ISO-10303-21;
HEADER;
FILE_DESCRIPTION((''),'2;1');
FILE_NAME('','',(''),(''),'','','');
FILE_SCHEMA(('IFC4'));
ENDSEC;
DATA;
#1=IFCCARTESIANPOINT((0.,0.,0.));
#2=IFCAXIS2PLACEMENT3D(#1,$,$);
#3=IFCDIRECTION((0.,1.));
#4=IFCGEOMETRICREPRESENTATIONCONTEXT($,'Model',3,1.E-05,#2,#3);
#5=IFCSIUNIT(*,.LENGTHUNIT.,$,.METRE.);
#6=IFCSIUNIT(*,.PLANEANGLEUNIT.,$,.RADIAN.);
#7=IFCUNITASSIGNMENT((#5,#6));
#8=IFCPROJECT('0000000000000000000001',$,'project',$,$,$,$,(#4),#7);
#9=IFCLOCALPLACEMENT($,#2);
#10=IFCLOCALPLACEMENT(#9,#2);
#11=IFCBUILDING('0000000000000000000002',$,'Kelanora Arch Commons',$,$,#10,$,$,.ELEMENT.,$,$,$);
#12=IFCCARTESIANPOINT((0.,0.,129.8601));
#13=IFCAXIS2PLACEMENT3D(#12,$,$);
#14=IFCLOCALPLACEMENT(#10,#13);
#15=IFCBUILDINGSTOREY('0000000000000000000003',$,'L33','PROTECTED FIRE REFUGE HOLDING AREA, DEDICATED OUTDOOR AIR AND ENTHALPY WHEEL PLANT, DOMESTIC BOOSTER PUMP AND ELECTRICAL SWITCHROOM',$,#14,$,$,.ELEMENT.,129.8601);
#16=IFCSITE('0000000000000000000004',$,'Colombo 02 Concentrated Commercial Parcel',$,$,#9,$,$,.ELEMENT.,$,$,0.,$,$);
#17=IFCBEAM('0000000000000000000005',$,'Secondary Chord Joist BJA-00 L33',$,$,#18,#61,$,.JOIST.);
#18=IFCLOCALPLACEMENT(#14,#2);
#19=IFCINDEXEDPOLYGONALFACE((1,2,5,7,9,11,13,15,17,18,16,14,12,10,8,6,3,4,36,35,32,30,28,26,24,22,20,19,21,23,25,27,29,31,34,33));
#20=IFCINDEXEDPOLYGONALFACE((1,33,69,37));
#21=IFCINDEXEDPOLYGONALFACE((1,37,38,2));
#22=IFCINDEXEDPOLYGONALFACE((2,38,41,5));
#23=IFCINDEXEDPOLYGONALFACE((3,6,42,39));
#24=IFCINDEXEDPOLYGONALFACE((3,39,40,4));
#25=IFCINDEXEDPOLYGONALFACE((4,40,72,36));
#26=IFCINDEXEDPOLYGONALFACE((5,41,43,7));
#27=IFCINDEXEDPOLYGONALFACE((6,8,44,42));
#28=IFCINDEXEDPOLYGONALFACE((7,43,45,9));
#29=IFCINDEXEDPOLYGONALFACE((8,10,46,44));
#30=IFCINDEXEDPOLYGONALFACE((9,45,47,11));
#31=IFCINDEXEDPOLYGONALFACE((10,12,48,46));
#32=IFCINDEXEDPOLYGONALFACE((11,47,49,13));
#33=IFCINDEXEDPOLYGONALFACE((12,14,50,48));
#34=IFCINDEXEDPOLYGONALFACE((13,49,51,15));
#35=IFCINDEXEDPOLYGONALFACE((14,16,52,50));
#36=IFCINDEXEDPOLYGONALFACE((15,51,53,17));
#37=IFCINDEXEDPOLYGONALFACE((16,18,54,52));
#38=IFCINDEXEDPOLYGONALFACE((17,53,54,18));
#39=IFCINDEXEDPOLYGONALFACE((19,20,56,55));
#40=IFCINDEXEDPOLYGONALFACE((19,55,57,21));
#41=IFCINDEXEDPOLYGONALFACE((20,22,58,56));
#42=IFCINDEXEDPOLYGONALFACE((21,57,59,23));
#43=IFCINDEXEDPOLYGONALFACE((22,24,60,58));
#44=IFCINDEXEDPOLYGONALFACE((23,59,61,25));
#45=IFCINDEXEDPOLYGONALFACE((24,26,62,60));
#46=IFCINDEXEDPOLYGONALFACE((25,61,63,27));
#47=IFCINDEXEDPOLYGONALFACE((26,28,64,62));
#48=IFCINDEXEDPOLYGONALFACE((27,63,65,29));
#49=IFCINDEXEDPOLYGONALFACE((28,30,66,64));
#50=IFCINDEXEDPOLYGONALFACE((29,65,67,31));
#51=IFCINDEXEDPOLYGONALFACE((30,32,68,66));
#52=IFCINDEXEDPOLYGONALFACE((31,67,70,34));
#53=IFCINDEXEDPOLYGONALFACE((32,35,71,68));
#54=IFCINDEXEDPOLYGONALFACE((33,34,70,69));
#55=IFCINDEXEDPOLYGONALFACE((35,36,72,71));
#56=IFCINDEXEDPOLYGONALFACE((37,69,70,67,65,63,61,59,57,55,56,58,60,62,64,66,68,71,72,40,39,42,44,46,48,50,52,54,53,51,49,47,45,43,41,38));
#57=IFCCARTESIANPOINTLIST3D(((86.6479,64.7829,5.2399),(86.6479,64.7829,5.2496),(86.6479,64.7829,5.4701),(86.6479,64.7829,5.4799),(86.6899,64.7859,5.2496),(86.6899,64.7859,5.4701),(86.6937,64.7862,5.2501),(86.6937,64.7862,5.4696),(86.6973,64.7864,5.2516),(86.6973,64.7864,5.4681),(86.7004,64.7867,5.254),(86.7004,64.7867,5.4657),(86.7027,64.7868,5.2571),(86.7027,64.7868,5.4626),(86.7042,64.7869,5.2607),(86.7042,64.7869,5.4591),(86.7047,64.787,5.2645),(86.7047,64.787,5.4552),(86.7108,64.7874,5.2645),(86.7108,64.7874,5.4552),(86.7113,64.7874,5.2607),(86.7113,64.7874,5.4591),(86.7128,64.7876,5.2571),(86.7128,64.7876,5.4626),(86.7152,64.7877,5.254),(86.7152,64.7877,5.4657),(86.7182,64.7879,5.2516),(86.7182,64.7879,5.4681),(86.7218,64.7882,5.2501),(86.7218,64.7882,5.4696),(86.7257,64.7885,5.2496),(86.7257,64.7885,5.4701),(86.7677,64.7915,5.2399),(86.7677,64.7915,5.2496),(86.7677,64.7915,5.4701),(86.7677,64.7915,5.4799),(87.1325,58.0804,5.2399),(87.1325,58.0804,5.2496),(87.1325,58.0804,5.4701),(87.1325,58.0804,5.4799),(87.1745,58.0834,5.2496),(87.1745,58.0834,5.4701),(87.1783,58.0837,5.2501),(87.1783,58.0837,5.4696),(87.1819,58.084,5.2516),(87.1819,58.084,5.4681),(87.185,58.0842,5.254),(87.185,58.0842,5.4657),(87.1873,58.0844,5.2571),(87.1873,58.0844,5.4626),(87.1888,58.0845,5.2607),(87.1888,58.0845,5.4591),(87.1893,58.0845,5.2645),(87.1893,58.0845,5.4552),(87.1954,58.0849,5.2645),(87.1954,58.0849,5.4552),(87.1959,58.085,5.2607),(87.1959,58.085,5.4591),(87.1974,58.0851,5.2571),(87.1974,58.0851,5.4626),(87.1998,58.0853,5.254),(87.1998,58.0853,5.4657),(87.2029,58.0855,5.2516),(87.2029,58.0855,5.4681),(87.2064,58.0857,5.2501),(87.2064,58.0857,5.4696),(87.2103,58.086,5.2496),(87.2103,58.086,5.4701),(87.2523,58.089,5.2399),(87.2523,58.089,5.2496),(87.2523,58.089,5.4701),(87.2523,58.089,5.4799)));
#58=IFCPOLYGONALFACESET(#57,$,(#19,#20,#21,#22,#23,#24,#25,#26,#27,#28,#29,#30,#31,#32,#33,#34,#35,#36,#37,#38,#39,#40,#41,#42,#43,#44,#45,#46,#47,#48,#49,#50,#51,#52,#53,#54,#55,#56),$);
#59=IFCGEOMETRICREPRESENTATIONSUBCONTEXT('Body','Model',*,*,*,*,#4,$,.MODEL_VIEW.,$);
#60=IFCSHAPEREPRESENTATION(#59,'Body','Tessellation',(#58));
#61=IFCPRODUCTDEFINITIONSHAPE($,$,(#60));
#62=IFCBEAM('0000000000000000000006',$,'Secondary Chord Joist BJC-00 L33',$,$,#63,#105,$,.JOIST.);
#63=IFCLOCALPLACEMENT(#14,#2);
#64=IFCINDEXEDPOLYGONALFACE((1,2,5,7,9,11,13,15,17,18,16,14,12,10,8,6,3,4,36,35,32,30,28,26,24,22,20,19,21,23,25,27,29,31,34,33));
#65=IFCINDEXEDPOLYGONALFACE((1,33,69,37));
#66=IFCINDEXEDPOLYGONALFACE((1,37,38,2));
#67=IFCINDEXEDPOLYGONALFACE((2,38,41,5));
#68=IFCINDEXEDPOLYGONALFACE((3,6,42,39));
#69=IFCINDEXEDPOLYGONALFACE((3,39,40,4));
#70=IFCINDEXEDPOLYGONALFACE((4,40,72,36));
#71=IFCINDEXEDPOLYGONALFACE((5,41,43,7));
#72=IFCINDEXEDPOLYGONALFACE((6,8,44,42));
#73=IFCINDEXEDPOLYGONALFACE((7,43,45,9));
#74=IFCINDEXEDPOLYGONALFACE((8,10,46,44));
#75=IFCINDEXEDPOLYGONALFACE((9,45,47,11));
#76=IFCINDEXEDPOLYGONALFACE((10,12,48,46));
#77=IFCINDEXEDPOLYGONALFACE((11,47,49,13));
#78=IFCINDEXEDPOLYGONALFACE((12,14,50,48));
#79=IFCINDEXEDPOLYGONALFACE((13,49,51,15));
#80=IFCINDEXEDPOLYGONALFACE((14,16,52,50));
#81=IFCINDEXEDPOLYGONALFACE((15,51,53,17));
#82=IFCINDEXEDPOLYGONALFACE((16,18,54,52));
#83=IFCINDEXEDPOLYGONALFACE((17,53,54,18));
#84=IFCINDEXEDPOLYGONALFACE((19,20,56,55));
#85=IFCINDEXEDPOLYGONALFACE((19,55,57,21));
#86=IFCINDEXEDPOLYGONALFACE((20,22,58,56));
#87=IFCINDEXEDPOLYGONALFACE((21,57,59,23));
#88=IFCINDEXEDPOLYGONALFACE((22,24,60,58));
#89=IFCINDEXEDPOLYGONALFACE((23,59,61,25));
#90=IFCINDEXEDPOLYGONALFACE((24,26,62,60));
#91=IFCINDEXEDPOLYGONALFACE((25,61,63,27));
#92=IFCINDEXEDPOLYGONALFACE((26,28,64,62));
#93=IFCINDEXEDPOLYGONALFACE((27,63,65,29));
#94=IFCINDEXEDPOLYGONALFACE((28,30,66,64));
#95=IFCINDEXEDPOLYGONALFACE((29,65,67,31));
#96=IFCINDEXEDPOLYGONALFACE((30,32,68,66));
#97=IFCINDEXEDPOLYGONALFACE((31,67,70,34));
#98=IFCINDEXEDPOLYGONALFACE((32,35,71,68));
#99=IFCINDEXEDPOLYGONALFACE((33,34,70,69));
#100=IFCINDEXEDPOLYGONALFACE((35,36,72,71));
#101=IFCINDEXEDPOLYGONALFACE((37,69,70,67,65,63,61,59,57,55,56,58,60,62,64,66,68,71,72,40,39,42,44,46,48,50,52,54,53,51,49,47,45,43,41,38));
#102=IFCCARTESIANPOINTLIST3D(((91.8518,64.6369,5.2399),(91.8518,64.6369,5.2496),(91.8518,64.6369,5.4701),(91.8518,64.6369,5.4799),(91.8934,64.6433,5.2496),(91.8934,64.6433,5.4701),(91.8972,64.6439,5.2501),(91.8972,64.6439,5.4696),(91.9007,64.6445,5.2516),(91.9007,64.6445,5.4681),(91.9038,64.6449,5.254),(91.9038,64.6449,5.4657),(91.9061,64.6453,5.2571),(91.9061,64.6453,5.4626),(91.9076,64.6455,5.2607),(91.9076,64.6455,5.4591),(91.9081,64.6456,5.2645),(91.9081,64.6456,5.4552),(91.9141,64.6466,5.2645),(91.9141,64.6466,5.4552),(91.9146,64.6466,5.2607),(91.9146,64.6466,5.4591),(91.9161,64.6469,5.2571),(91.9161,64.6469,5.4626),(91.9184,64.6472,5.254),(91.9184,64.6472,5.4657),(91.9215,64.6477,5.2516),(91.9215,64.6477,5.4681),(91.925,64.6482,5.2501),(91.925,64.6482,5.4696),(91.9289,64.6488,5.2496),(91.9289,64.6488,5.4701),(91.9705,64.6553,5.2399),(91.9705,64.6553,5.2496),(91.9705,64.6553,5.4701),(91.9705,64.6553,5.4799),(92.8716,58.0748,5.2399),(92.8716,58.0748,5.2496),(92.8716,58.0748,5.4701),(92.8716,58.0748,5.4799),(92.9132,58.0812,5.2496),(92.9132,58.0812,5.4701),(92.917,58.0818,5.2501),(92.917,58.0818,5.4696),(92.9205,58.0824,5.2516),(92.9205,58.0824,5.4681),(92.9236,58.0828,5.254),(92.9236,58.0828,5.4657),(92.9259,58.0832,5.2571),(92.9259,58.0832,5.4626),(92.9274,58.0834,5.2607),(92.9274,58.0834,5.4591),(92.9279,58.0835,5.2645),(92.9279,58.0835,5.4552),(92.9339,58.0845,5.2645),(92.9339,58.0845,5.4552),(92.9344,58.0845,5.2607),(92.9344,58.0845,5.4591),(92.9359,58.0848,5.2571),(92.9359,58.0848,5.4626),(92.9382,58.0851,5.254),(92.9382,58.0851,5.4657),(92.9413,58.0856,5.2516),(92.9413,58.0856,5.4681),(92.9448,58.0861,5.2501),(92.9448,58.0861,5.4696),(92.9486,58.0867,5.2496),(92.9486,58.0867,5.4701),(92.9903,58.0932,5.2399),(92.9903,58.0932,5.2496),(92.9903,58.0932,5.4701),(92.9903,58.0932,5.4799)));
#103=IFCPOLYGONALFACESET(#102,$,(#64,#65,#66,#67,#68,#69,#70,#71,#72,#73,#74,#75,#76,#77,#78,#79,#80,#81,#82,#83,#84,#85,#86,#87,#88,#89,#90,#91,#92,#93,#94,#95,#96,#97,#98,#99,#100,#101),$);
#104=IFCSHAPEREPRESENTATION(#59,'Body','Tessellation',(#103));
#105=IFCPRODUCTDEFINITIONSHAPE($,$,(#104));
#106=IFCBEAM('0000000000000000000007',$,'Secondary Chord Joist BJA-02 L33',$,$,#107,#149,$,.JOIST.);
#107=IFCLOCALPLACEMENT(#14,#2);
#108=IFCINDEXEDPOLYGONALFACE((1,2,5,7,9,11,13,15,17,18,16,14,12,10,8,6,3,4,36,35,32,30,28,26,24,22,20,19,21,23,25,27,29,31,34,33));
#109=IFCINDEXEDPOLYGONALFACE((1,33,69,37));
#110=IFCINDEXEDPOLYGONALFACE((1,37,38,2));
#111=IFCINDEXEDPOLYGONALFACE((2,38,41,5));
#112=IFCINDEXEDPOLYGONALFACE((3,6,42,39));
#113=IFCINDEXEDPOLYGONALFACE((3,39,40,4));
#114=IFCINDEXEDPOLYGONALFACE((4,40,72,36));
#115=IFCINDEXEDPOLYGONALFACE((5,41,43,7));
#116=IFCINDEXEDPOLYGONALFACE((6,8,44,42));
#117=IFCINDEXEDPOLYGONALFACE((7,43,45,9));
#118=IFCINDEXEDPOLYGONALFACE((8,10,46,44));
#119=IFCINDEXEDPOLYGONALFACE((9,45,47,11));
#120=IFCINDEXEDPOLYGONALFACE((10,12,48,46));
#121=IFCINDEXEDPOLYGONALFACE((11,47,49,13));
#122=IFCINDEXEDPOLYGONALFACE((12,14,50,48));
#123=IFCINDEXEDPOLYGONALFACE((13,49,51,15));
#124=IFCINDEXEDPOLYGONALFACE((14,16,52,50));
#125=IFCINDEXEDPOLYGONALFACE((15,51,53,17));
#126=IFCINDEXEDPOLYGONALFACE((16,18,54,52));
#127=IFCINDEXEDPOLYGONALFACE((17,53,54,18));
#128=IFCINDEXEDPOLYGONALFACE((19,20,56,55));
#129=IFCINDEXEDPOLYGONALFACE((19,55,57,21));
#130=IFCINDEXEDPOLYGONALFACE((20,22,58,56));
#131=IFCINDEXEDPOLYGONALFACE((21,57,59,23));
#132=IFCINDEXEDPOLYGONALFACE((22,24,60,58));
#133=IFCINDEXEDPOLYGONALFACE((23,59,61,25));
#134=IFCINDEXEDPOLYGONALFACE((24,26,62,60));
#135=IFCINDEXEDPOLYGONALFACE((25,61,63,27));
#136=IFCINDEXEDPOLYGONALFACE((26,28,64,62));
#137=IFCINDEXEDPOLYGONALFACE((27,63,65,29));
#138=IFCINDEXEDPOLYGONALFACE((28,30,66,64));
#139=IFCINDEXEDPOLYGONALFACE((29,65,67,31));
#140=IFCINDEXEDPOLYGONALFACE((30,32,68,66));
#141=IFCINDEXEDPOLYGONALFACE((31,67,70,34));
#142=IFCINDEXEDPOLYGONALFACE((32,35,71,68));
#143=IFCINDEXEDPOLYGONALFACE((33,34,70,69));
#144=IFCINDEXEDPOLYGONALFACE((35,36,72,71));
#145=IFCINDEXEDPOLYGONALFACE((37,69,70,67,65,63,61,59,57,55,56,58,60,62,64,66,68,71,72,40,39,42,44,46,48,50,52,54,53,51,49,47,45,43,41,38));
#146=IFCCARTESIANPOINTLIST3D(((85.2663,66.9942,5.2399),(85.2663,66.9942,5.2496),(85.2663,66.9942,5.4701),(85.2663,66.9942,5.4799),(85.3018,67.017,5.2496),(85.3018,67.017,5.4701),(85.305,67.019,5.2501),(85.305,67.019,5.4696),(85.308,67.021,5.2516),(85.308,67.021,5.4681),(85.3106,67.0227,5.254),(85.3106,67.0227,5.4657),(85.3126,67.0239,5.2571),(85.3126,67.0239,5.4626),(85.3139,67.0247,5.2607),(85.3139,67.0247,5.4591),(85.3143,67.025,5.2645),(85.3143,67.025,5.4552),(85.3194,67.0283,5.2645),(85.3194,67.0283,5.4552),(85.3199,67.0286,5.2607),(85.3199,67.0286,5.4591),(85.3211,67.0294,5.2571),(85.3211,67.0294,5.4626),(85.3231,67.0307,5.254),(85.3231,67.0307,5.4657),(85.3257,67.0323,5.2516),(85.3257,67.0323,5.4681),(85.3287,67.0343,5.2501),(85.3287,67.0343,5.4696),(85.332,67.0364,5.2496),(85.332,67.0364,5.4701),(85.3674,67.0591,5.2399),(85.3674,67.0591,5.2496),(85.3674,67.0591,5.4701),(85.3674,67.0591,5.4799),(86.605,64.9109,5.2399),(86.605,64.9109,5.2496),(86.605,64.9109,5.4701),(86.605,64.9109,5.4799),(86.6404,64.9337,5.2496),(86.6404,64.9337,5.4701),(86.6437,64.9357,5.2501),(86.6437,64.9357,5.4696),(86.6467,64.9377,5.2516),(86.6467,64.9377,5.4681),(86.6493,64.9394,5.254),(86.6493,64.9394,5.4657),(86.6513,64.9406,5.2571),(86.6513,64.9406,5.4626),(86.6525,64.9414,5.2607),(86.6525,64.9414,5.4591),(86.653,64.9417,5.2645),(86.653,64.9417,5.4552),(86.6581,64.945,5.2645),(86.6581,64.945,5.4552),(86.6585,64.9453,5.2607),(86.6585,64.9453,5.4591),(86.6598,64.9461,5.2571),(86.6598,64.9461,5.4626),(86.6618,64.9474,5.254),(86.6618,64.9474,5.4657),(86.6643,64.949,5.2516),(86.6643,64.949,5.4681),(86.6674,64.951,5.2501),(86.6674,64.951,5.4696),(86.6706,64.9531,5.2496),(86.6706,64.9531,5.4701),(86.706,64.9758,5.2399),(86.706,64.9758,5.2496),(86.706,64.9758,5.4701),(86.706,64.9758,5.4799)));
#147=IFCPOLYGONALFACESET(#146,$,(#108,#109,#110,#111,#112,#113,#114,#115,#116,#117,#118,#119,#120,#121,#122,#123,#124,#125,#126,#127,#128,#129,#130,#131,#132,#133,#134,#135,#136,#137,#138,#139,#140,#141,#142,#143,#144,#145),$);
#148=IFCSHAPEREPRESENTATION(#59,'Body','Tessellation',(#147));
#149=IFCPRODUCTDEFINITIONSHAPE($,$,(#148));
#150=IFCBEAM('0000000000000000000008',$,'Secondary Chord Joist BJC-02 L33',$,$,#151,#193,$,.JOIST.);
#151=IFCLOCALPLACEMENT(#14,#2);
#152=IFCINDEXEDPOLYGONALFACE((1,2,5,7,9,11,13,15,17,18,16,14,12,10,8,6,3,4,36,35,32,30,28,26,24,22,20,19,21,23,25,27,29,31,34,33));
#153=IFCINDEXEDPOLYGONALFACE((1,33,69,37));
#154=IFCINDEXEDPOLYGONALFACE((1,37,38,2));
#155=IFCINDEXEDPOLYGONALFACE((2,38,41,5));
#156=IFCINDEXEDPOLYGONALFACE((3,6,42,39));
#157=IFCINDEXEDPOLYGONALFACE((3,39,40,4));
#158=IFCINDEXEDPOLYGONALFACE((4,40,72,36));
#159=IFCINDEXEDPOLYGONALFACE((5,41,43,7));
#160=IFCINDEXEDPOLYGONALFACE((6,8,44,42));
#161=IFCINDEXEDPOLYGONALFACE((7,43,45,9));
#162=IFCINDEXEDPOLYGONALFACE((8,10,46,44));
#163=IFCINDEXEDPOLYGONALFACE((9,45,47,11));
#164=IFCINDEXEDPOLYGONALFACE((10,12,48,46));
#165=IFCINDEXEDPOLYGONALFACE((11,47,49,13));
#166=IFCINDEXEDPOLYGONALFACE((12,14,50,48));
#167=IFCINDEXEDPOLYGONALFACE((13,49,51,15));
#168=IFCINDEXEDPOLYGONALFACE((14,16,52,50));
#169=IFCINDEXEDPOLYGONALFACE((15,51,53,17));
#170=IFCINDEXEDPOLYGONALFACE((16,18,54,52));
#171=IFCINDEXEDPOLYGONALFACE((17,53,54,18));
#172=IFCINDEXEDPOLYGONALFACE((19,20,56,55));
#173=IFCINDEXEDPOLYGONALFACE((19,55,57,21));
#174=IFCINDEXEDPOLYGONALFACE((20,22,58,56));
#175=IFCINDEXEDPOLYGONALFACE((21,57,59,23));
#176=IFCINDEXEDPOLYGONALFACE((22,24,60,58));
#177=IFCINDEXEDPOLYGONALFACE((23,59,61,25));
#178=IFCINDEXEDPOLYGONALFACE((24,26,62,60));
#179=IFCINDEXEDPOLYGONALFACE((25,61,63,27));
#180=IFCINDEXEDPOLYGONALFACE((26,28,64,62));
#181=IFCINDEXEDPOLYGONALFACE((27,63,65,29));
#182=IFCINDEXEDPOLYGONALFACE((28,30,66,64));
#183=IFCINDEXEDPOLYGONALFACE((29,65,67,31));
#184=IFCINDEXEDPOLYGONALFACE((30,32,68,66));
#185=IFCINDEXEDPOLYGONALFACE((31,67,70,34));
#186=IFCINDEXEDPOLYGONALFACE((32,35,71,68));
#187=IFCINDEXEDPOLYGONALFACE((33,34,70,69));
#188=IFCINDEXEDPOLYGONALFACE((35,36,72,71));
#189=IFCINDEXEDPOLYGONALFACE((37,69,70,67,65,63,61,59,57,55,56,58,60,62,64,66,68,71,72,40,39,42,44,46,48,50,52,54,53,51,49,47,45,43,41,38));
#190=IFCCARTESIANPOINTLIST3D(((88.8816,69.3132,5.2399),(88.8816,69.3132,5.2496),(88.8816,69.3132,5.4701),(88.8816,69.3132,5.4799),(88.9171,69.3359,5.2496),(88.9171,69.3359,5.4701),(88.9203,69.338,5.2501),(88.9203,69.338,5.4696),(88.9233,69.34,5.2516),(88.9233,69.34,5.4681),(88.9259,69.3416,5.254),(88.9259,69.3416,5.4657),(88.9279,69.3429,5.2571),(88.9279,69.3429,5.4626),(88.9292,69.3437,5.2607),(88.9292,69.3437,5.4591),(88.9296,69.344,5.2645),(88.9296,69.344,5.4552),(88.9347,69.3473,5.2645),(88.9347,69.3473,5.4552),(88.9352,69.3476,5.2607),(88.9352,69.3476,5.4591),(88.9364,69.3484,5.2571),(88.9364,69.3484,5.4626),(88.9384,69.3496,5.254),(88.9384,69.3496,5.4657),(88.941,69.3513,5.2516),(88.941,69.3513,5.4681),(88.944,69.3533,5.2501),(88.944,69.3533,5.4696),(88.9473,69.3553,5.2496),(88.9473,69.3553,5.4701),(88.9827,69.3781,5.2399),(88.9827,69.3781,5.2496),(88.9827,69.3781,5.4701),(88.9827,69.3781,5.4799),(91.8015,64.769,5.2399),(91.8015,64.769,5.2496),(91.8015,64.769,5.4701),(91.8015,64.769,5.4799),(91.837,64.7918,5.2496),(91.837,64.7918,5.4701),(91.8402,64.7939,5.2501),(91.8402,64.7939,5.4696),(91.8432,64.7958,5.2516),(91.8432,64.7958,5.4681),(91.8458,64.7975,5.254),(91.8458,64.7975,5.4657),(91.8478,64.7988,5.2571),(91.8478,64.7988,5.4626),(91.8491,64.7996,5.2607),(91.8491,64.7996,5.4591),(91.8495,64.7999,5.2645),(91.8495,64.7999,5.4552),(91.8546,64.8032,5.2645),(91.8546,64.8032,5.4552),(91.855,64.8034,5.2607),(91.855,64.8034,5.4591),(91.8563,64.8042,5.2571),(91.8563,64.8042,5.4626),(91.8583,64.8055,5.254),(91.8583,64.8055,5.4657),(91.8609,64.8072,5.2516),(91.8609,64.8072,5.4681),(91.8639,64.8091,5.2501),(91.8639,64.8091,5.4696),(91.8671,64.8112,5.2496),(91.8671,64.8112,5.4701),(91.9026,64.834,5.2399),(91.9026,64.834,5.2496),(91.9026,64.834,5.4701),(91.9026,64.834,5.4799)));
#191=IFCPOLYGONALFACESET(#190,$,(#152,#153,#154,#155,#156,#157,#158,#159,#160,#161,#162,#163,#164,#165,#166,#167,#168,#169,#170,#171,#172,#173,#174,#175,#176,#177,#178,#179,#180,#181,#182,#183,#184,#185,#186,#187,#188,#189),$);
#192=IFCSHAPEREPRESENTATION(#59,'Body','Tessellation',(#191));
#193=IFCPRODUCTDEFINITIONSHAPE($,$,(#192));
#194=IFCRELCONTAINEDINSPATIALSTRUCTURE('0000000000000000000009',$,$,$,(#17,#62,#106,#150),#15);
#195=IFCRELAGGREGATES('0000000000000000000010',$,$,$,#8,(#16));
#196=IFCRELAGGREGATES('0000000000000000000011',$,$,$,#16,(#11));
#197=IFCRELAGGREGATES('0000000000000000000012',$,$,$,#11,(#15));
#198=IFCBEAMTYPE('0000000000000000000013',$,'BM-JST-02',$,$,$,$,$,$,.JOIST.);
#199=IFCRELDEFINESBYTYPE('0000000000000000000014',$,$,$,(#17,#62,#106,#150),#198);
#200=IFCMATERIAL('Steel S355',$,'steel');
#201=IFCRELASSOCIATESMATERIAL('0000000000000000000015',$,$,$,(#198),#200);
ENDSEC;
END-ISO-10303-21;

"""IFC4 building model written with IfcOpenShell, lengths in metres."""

from ifc_helpers import new_model, si_unit, direction, frame, origin, origin_2d, place, context, subcontext, project, spatial, i_section, extrude, material, material_profile, profile_set, type_object, element, save


model = new_model("IFC4")

# Units and contexts
model_context = context("Model", 3, precision=1e-05, world=origin(), true_north=direction((0.0, 1.0)))
body_context = subcontext(model_context, "Body", "Model", "MODEL_VIEW")
ifc_project = project(units=[si_unit("LENGTHUNIT", "METRE"), si_unit("PLANEANGLEUNIT", "RADIAN")], contexts=[model_context])

# Site, building, storey
site_placement = place(None, origin())
site = spatial("IfcSite", under=ifc_project, at=site_placement, Name="Colombo 02 Concentrated Commercial Parcel", CompositionType="ELEMENT", RefElevation=0.0)
building_placement = place(site_placement, origin())
building = spatial("IfcBuilding", under=site, at=building_placement, Name="Kelanora Arch Commons", CompositionType="ELEMENT")
storey_placement = place(building_placement, frame((0.0, 0.0, 129.8601)))
storey = spatial("IfcBuildingStorey", under=building, at=storey_placement, Name="L33", Description="PROTECTED FIRE REFUGE HOLDING AREA, DEDICATED OUTDOOR AIR AND ENTHALPY WHEEL PLANT, DOMESTIC BOOSTER PUMP AND ELECTRICAL SWITCHROOM", CompositionType="ELEMENT", Elevation=129.8601)

# Beams
ifc_material_1 = material(Name="Steel S355", Category="steel")
ifc_material_profile_1 = material_profile(ifc_material_1, i_section(OverallWidth=0.1201, OverallDepth=0.24, WebThickness=0.0061, FlangeThickness=0.0098, FilletRadius=0.0149, at=origin_2d()), Name="IPE240")
ifc_profile_set_1 = profile_set([ifc_material_profile_1], Name="Steel S355")
beam_type_1 = type_object("IfcBeamType", Name="BM-JST-02", PredefinedType="JOIST", material=ifc_profile_set_1)
beam_1_placement = place(storey_placement, frame((87.1924, 58.0847, 5.3599), z_axis=(-0.072117, 0.997396, 0.0), x_axis=(-0.997396, -0.072117, 0.0)))
element("IfcBeam", 1, at=beam_1_placement, inside=storey, type_object=beam_type_1, Name="Secondary Chord Joist BJA-00 L33", PredefinedType="JOIST", context=body_context, shape_type="SweptSolid", body=[
    extrude(i_section(OverallWidth=0.1201, OverallDepth=0.24, WebThickness=0.0061, FlangeThickness=0.0098, FilletRadius=0.0149, at=origin_2d()), origin(), (0.0, 0.0, 1.0), 6.72),
])
beam_2_placement = place(storey_placement, frame((92.9309, 58.084, 5.3599), z_axis=(-0.153563, 0.988139, 0.0), x_axis=(-0.988139, -0.153563, 0.0)))
element("IfcBeam", 2, at=beam_2_placement, inside=storey, type_object=beam_type_1, Name="Secondary Chord Joist BJC-00 L33", PredefinedType="JOIST", context=body_context, shape_type="SweptSolid", body=[
    extrude(i_section(OverallWidth=0.1201, OverallDepth=0.24, WebThickness=0.0061, FlangeThickness=0.0098, FilletRadius=0.0149, at=origin_2d()), origin(), (0.0, 0.0, 1.0), 6.6409),
])
beam_3_placement = place(storey_placement, frame((86.6555, 64.9434, 5.3599), z_axis=(-0.540583, 0.841291, 0.0), x_axis=(-0.841291, -0.540583, 0.0)))
element("IfcBeam", 3, at=beam_3_placement, inside=storey, type_object=beam_type_1, Name="Secondary Chord Joist BJA-02 L33", PredefinedType="JOIST", context=body_context, shape_type="SweptSolid", body=[
    extrude(i_section(OverallWidth=0.1201, OverallDepth=0.24, WebThickness=0.0061, FlangeThickness=0.0098, FilletRadius=0.0149, at=origin_2d()), origin(), (0.0, 0.0, 1.0), 2.4763),
])
beam_4_placement = place(storey_placement, frame((91.8521, 64.8015, 5.3599), z_axis=(-0.540582, 0.841292, 0.0), x_axis=(-0.841292, -0.540582, 0.0)))
element("IfcBeam", 4, at=beam_4_placement, inside=storey, type_object=beam_type_1, Name="Secondary Chord Joist BJC-02 L33", PredefinedType="JOIST", context=body_context, shape_type="SweptSolid", body=[
    extrude(i_section(OverallWidth=0.1201, OverallDepth=0.24, WebThickness=0.0061, FlangeThickness=0.0098, FilletRadius=0.0149, at=origin_2d()), origin(), (0.0, 0.0, 1.0), 5.4014),
])

save(model, "model.ifc")
